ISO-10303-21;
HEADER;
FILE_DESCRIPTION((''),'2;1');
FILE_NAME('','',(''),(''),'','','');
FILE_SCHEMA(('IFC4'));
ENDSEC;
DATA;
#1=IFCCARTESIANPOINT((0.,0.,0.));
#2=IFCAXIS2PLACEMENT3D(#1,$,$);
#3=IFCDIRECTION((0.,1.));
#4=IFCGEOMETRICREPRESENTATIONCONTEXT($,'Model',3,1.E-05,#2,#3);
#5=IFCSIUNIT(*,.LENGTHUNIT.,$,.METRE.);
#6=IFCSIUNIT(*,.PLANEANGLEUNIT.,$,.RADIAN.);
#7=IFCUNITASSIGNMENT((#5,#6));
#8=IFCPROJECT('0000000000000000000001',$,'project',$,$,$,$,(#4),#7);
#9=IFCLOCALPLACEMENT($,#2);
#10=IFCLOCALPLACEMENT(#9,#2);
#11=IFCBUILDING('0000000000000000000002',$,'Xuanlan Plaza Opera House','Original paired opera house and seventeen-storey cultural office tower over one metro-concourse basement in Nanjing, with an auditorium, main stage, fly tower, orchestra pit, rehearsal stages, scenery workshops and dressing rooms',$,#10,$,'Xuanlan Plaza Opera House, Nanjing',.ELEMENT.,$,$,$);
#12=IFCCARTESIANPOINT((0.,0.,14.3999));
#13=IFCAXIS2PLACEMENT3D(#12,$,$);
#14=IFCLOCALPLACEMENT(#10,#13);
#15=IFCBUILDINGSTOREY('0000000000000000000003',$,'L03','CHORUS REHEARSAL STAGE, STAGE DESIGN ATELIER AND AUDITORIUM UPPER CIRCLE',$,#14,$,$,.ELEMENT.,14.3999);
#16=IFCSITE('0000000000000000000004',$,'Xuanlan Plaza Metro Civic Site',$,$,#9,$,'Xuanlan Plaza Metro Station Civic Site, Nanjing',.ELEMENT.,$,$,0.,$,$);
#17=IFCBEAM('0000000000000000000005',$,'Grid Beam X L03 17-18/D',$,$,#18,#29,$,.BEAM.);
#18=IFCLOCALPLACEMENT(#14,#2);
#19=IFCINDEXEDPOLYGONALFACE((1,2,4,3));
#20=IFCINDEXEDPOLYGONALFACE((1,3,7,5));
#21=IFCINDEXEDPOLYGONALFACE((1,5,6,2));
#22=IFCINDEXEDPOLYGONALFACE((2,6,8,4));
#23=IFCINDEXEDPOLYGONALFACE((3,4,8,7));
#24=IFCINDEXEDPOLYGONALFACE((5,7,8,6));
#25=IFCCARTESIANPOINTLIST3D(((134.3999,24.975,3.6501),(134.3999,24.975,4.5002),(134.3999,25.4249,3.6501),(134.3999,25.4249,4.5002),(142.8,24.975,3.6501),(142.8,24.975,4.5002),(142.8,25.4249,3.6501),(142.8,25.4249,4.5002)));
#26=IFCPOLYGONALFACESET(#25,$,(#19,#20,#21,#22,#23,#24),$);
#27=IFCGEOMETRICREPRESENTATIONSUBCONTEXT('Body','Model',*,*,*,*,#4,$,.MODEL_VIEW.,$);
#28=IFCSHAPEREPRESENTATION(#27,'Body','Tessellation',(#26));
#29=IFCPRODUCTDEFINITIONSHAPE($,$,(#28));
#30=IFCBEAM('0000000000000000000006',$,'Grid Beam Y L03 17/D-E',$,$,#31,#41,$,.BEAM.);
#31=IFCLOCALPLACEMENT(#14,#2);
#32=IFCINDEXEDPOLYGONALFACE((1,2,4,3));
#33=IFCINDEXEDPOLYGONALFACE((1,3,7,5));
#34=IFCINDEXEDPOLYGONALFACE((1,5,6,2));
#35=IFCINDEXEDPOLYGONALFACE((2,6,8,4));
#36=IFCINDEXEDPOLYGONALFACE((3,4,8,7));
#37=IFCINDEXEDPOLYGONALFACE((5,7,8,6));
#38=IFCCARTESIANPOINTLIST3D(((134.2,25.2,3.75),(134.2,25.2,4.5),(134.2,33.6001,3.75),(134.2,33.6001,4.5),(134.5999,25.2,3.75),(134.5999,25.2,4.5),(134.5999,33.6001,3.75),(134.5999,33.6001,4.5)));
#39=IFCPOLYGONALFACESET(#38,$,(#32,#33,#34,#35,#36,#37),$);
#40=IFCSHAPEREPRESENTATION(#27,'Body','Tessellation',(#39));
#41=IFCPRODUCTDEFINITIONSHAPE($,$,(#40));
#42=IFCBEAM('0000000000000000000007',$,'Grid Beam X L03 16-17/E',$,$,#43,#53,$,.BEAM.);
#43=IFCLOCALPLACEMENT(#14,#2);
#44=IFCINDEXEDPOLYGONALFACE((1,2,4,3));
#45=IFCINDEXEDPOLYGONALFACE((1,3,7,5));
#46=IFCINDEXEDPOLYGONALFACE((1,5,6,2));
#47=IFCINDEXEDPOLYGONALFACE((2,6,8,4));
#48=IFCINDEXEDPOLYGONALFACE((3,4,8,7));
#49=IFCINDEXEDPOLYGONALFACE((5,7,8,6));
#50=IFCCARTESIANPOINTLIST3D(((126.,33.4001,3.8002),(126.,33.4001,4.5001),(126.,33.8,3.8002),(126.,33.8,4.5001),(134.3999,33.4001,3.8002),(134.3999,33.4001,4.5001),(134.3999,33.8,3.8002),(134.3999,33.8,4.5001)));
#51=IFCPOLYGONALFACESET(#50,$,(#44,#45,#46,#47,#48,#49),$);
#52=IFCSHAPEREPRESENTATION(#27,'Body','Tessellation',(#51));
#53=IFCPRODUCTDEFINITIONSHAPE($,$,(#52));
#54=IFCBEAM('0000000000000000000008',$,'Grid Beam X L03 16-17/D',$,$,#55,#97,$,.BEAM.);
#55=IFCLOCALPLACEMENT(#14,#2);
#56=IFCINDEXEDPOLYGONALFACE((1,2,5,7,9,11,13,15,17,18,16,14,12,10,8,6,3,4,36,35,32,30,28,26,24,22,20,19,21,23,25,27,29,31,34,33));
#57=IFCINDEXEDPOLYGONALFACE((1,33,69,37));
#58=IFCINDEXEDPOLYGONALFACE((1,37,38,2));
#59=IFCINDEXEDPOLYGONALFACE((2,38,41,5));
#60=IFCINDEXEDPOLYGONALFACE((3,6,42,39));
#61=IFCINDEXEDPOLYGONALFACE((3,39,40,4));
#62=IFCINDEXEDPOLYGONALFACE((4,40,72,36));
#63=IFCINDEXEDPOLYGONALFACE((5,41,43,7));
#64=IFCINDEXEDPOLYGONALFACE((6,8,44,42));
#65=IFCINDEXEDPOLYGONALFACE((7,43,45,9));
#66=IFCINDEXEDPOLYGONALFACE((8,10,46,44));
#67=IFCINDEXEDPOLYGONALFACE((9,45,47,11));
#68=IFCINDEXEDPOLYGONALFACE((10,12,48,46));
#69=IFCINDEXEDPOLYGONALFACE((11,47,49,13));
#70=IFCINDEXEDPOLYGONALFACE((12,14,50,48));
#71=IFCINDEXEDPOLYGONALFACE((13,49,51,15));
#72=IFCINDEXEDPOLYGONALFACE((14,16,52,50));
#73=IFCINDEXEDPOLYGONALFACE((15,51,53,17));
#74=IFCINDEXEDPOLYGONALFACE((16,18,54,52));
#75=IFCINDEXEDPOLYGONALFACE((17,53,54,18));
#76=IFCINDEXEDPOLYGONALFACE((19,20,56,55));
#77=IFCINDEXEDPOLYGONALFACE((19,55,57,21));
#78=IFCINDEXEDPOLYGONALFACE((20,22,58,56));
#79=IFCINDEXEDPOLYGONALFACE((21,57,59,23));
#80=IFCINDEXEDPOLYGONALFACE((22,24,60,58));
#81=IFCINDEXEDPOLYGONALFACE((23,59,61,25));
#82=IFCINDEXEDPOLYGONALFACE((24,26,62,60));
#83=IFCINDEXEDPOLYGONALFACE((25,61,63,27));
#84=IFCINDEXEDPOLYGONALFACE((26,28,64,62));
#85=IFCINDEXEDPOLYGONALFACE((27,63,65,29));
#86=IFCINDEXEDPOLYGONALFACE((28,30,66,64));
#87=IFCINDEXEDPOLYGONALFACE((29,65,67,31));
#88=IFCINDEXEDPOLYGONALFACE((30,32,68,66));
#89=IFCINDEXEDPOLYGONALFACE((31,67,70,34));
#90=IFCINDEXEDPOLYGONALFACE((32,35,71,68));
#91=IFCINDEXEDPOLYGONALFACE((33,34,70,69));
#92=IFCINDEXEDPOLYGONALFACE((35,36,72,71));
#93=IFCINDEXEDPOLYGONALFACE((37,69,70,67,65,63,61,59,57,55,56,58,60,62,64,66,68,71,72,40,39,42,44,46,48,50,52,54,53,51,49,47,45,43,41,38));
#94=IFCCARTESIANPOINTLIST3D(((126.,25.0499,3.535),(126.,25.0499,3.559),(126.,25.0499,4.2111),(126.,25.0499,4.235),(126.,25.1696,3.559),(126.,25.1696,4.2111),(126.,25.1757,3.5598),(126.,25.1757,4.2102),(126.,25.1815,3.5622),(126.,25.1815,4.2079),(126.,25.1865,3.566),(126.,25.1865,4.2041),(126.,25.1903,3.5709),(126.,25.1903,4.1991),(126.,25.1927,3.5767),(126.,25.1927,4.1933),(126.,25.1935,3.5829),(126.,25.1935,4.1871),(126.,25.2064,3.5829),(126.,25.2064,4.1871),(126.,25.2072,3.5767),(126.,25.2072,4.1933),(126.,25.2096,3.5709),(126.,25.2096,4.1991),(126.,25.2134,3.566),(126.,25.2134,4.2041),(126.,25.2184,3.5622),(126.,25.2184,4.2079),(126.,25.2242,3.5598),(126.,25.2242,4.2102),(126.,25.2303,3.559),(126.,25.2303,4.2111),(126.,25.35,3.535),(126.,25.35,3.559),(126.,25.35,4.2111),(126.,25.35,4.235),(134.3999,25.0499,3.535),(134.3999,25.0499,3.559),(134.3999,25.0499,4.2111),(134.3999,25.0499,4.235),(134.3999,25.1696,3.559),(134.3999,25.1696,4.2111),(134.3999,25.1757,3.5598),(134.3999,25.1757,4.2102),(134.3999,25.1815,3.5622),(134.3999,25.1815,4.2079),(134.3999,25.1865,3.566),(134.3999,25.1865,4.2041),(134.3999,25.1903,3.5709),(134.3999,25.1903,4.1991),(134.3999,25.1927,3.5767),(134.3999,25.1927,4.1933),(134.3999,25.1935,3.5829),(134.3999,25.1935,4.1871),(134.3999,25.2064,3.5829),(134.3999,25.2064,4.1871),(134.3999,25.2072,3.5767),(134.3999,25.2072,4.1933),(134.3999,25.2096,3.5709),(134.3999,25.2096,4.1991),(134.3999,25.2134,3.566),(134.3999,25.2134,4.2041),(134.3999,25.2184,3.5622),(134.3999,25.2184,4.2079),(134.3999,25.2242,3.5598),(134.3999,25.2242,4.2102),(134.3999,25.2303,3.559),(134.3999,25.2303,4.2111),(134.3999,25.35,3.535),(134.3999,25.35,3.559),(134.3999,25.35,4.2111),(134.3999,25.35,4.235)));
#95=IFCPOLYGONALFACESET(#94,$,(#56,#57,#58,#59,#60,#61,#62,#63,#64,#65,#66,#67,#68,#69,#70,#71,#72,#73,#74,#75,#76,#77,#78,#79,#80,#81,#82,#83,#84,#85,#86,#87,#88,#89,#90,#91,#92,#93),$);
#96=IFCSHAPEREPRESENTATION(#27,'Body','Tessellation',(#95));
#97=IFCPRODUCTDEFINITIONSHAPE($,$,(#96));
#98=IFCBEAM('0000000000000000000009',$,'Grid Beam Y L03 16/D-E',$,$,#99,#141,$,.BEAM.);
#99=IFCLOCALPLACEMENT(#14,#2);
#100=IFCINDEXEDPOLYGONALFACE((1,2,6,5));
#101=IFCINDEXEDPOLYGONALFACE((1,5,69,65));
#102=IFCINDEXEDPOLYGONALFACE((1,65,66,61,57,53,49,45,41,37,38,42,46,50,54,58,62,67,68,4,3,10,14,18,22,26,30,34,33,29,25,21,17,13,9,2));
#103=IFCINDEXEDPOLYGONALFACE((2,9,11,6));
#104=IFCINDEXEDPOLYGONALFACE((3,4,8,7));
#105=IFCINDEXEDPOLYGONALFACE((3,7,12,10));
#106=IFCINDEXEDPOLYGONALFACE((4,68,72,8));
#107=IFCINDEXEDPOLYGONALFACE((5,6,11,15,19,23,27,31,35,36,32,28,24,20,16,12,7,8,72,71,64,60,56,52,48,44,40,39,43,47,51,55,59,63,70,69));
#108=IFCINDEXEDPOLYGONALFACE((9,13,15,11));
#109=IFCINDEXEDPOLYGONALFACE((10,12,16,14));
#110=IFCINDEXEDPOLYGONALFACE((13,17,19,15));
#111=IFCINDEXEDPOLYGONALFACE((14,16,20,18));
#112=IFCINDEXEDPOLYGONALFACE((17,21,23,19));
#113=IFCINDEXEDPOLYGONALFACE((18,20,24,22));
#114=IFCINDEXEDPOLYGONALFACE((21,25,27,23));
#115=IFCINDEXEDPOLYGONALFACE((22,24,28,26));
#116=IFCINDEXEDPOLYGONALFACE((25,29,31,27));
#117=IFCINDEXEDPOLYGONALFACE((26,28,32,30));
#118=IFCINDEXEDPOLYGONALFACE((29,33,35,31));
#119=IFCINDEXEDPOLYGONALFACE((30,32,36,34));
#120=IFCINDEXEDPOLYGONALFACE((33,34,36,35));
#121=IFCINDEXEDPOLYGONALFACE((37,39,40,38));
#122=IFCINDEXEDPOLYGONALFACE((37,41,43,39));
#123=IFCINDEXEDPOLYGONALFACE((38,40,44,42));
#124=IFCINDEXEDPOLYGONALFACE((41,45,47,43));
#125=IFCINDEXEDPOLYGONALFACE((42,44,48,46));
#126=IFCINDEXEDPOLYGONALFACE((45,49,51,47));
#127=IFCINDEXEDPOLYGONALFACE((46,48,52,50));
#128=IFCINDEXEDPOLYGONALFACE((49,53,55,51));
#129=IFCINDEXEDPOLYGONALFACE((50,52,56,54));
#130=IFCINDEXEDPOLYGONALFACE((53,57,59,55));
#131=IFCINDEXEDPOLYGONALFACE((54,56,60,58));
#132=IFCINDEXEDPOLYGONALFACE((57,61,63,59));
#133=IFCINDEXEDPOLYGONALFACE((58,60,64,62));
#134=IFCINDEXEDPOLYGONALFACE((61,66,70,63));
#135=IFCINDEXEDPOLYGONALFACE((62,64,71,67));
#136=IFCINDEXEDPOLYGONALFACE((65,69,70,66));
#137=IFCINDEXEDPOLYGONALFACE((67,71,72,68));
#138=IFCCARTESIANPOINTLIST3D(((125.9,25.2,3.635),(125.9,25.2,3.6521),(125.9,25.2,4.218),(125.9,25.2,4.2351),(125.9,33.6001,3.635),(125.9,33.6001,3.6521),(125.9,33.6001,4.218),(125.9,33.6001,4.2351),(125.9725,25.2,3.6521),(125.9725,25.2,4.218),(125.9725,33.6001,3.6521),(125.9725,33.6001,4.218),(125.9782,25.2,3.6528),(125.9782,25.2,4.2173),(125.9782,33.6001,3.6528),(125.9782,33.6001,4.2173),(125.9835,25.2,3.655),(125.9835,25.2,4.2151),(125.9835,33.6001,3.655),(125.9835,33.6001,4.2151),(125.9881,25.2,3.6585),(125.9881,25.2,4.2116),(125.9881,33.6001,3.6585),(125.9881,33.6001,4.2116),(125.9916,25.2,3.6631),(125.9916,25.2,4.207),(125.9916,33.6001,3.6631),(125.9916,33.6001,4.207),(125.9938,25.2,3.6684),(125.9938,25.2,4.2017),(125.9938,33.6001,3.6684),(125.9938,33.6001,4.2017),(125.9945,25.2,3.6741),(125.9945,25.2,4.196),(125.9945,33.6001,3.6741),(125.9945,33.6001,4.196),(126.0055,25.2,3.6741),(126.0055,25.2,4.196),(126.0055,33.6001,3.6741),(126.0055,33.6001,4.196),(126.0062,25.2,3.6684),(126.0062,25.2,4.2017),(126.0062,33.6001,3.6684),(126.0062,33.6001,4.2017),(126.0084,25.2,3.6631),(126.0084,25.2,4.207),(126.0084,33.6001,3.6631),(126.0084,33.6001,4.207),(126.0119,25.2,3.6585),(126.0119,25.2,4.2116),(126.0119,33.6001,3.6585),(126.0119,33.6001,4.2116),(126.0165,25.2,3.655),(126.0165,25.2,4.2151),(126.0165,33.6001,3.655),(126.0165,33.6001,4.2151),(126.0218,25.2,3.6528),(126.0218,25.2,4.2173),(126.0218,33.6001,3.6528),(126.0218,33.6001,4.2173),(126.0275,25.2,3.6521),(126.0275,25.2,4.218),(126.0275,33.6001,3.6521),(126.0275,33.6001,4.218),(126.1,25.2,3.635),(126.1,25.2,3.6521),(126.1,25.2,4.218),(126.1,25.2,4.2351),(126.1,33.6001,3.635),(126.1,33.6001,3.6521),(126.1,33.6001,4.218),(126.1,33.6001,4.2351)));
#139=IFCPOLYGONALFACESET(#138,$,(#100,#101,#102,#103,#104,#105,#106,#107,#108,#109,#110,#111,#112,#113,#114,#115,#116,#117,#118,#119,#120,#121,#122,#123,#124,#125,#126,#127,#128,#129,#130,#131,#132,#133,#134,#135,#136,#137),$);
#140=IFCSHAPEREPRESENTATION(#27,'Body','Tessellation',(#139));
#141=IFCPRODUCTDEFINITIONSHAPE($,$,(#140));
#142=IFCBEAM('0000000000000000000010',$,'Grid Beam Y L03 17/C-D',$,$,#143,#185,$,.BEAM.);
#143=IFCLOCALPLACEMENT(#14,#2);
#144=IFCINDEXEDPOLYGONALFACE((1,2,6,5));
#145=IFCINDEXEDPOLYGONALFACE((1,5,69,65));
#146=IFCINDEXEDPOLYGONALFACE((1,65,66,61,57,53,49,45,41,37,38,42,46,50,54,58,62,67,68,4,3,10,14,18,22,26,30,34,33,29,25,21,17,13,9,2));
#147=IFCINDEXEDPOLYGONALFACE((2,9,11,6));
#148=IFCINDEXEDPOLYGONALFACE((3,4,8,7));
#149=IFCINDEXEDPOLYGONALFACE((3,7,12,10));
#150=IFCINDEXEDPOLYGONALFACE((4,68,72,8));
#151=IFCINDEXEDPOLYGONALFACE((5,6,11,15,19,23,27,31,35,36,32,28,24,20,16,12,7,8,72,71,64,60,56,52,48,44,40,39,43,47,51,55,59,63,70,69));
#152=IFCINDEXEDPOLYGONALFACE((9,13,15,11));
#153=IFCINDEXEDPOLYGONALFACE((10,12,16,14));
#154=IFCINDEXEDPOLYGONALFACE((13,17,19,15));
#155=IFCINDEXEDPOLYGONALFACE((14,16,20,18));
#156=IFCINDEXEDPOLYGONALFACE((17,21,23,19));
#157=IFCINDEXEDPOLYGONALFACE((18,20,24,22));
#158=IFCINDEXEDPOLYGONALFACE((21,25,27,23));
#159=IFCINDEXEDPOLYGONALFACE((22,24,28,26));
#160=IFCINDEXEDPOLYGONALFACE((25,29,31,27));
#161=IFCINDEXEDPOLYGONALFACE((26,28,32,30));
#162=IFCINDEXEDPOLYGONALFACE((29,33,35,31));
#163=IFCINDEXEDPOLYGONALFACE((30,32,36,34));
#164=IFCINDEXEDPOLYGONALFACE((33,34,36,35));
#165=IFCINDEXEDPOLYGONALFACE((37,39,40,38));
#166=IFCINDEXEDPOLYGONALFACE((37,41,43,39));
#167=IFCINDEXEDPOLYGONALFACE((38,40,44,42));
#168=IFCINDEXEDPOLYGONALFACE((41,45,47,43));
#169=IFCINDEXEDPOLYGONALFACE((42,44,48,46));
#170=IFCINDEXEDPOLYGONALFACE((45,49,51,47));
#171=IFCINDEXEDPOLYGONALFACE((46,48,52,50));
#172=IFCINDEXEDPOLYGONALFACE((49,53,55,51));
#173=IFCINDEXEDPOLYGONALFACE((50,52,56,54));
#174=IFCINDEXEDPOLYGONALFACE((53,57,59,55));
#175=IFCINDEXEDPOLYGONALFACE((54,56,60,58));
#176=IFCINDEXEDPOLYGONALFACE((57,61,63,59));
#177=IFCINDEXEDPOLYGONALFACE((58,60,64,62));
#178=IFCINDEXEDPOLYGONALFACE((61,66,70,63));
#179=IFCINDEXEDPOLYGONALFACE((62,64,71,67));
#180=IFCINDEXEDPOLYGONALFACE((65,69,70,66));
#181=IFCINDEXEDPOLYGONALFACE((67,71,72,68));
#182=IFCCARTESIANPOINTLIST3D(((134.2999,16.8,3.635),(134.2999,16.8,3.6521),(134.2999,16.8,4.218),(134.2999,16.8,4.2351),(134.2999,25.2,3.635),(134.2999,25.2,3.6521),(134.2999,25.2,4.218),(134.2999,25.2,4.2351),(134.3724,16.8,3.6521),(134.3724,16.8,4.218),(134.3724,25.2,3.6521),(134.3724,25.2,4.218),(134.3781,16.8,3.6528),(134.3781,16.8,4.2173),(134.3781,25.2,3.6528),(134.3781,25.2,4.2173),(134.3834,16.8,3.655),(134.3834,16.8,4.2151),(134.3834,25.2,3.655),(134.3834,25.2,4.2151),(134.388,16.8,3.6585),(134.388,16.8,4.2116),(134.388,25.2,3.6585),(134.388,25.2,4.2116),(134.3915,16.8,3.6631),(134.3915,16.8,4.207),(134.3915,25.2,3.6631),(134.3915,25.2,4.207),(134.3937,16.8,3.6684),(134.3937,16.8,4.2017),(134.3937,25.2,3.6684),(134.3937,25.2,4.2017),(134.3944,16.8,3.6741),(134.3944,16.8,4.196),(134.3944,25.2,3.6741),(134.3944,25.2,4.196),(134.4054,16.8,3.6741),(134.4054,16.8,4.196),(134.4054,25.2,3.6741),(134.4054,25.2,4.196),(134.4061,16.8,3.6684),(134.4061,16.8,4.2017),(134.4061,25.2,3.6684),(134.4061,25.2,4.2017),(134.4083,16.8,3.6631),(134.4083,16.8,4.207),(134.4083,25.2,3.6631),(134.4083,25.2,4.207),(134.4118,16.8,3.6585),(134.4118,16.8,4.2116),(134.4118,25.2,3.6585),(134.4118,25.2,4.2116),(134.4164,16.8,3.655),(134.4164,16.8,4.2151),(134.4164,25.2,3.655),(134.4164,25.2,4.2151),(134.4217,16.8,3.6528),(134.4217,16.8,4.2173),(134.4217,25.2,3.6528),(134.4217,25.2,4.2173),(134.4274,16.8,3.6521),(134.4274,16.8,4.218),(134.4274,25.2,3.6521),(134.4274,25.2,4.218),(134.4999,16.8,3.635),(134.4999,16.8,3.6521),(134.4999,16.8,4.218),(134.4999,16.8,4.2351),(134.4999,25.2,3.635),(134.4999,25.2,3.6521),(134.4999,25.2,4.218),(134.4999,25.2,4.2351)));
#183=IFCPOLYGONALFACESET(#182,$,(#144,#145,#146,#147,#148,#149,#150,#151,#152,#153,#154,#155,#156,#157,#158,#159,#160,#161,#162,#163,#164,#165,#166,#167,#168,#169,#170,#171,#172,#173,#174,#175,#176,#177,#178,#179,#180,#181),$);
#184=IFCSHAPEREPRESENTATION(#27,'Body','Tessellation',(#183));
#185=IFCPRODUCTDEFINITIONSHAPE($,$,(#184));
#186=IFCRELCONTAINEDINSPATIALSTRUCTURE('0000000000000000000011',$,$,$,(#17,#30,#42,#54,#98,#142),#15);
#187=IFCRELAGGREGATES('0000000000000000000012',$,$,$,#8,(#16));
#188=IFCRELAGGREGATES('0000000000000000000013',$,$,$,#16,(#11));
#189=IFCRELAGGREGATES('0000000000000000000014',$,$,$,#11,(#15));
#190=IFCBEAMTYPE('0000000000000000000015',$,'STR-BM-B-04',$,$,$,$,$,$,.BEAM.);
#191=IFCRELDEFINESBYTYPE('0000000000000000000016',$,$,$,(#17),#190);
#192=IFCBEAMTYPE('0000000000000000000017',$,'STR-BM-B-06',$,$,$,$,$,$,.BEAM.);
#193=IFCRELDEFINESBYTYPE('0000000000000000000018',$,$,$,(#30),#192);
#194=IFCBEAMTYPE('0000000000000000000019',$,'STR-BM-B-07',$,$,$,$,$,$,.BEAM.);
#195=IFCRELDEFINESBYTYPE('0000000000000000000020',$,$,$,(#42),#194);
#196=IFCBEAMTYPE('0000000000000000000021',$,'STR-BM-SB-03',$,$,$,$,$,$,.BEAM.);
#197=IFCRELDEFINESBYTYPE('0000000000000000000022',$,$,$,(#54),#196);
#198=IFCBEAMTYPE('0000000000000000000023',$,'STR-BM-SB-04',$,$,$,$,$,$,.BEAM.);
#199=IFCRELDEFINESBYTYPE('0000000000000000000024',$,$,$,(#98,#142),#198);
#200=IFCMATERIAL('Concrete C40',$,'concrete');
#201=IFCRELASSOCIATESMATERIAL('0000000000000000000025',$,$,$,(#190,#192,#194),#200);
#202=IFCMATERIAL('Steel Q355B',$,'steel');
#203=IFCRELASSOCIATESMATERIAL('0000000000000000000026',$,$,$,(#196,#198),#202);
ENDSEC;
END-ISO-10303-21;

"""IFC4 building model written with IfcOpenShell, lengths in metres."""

from ifc_helpers import new_model, si_unit, direction, frame, origin, origin_2d, place, context, subcontext, project, spatial, rectangle, i_section, extrude, material, material_profile, profile_set, type_object, element, save


model = new_model("IFC4")

# Units and contexts
model_context = context("Model", 3, precision=1e-05, world=origin(), true_north=direction((0.0, 1.0)))
body_context = subcontext(model_context, "Body", "Model", "MODEL_VIEW")
ifc_project = project(units=[si_unit("LENGTHUNIT", "METRE"), si_unit("PLANEANGLEUNIT", "RADIAN")], contexts=[model_context])

# Site, building, storey
site_placement = place(None, origin())
site = spatial("IfcSite", under=ifc_project, at=site_placement, Name="Xuanlan Plaza Metro Civic Site", LongName="Xuanlan Plaza Metro Station Civic Site, Nanjing", CompositionType="ELEMENT", RefElevation=0.0)
building_placement = place(site_placement, origin())
building = spatial("IfcBuilding", under=site, at=building_placement, Name="Xuanlan Plaza Opera House", Description="Original paired opera house and seventeen-storey cultural office tower over one metro-concourse basement in Nanjing, with an auditorium, main stage, fly tower, orchestra pit, rehearsal stages, scenery workshops and dressing rooms", LongName="Xuanlan Plaza Opera House, Nanjing", CompositionType="ELEMENT")
storey_placement = place(building_placement, frame((0.0, 0.0, 14.3999)))
storey = spatial("IfcBuildingStorey", under=building, at=storey_placement, Name="L03", Description="CHORUS REHEARSAL STAGE, STAGE DESIGN ATELIER AND AUDITORIUM UPPER CIRCLE", CompositionType="ELEMENT", Elevation=14.3999)

# Shared definitions
ifc_material_1 = material(Name="Concrete C40", Category="concrete")
ifc_material_2 = material(Name="Steel Q355B", Category="steel")

# Beams
ifc_material_profile_1 = material_profile(ifc_material_1, rectangle(XDim=0.45, YDim=0.8501, at=origin_2d()), Name="RC-BM 450x850")
ifc_profile_set_1 = profile_set([ifc_material_profile_1], Name="Concrete C40")
beam_type_1 = type_object("IfcBeamType", Name="STR-BM-B-04", PredefinedType="BEAM", material=ifc_profile_set_1)
beam_1_placement = place(storey_placement, frame((134.3999, 25.2, 4.0752), z_axis=(1.0, 0.0, 0.0), x_axis=(0.0, 1.0, 0.0)))
element("IfcBeam", 1, at=beam_1_placement, inside=storey, type_object=beam_type_1, Name="Grid Beam X L03 17-18/D", PredefinedType="BEAM", context=body_context, shape_type="SweptSolid", body=[
    extrude(rectangle(XDim=0.45, YDim=0.8501, at=origin_2d()), origin(), (0.0, 0.0, 1.0), 8.4001),
])
ifc_material_profile_2 = material_profile(ifc_material_1, rectangle(XDim=0.3999, YDim=0.75, at=origin_2d()), Name="RC-BM 400x750")
ifc_profile_set_2 = profile_set([ifc_material_profile_2], Name="Concrete C40")
beam_type_2 = type_object("IfcBeamType", Name="STR-BM-B-06", PredefinedType="BEAM", material=ifc_profile_set_2)
beam_2_placement = place(storey_placement, frame((134.3999, 25.2, 4.125), z_axis=(0.0, 1.0, 0.0), x_axis=(-1.0, 0.0, 0.0)))
element("IfcBeam", 2, at=beam_2_placement, inside=storey, type_object=beam_type_2, Name="Grid Beam Y L03 17/D-E", PredefinedType="BEAM", context=body_context, shape_type="SweptSolid", body=[
    extrude(rectangle(XDim=0.3999, YDim=0.75, at=origin_2d()), origin(), (0.0, 0.0, 1.0), 8.4001),
])
ifc_material_profile_3 = material_profile(ifc_material_1, rectangle(XDim=0.3999, YDim=0.7, at=origin_2d()), Name="RC-BM 400x700")
ifc_profile_set_3 = profile_set([ifc_material_profile_3], Name="Concrete C40")
beam_type_3 = type_object("IfcBeamType", Name="STR-BM-B-07", PredefinedType="BEAM", material=ifc_profile_set_3)
beam_3_placement = place(storey_placement, frame((126.0, 33.6001, 4.1501), z_axis=(1.0, 0.0, 0.0), x_axis=(0.0, 1.0, 0.0)))
element("IfcBeam", 3, at=beam_3_placement, inside=storey, type_object=beam_type_3, Name="Grid Beam X L03 16-17/E", PredefinedType="BEAM", context=body_context, shape_type="SweptSolid", body=[
    extrude(rectangle(XDim=0.3999, YDim=0.7, at=origin_2d()), origin(), (0.0, 0.0, 1.0), 8.3999),
])
ifc_material_profile_4 = material_profile(ifc_material_2, i_section(OverallWidth=0.3, OverallDepth=0.7, WebThickness=0.0129, FlangeThickness=0.0239, FilletRadius=0.0239, at=origin_2d()), Name="HN 700x300x13x24")
ifc_profile_set_4 = profile_set([ifc_material_profile_4], Name="Steel Q355B")
beam_type_4 = type_object("IfcBeamType", Name="STR-BM-SB-03", PredefinedType="BEAM", material=ifc_profile_set_4)
beam_4_placement = place(storey_placement, frame((126.0, 25.2, 3.885), z_axis=(1.0, 0.0, 0.0), x_axis=(0.0, 1.0, 0.0)))
element("IfcBeam", 4, at=beam_4_placement, inside=storey, type_object=beam_type_4, Name="Grid Beam X L03 16-17/D", PredefinedType="BEAM", context=body_context, shape_type="SweptSolid", body=[
    extrude(i_section(OverallWidth=0.3, OverallDepth=0.7, WebThickness=0.0129, FlangeThickness=0.0239, FilletRadius=0.0239, at=origin_2d()), origin(), (0.0, 0.0, 1.0), 8.3999),
])
ifc_material_profile_5 = material_profile(ifc_material_2, i_section(OverallWidth=0.2, OverallDepth=0.6001, WebThickness=0.011, FlangeThickness=0.0171, FilletRadius=0.022, at=origin_2d()), Name="HN 600x200x11x17")
ifc_profile_set_5 = profile_set([ifc_material_profile_5], Name="Steel Q355B")
beam_type_5 = type_object("IfcBeamType", Name="STR-BM-SB-04", PredefinedType="BEAM", material=ifc_profile_set_5)
beam_5_placement = place(storey_placement, frame((126.0, 25.2, 3.9351), z_axis=(0.0, 1.0, 0.0), x_axis=(-1.0, 0.0, 0.0)))
element("IfcBeam", 5, at=beam_5_placement, inside=storey, type_object=beam_type_5, Name="Grid Beam Y L03 16/D-E", PredefinedType="BEAM", context=body_context, shape_type="SweptSolid", body=[
    extrude(i_section(OverallWidth=0.2, OverallDepth=0.6001, WebThickness=0.011, FlangeThickness=0.0171, FilletRadius=0.022, at=origin_2d()), origin(), (0.0, 0.0, 1.0), 8.4001),
])
beam_6_placement = place(storey_placement, frame((134.3999, 16.8, 3.9351), z_axis=(0.0, 1.0, 0.0), x_axis=(-1.0, 0.0, 0.0)))
element("IfcBeam", 6, at=beam_6_placement, inside=storey, type_object=beam_type_5, Name="Grid Beam Y L03 17/C-D", PredefinedType="BEAM", context=body_context, shape_type="SweptSolid", body=[
    extrude(i_section(OverallWidth=0.2, OverallDepth=0.6001, WebThickness=0.011, FlangeThickness=0.0171, FilletRadius=0.022, at=origin_2d()), origin(), (0.0, 0.0, 1.0), 8.3999),
])

save(model, "model.ifc")
